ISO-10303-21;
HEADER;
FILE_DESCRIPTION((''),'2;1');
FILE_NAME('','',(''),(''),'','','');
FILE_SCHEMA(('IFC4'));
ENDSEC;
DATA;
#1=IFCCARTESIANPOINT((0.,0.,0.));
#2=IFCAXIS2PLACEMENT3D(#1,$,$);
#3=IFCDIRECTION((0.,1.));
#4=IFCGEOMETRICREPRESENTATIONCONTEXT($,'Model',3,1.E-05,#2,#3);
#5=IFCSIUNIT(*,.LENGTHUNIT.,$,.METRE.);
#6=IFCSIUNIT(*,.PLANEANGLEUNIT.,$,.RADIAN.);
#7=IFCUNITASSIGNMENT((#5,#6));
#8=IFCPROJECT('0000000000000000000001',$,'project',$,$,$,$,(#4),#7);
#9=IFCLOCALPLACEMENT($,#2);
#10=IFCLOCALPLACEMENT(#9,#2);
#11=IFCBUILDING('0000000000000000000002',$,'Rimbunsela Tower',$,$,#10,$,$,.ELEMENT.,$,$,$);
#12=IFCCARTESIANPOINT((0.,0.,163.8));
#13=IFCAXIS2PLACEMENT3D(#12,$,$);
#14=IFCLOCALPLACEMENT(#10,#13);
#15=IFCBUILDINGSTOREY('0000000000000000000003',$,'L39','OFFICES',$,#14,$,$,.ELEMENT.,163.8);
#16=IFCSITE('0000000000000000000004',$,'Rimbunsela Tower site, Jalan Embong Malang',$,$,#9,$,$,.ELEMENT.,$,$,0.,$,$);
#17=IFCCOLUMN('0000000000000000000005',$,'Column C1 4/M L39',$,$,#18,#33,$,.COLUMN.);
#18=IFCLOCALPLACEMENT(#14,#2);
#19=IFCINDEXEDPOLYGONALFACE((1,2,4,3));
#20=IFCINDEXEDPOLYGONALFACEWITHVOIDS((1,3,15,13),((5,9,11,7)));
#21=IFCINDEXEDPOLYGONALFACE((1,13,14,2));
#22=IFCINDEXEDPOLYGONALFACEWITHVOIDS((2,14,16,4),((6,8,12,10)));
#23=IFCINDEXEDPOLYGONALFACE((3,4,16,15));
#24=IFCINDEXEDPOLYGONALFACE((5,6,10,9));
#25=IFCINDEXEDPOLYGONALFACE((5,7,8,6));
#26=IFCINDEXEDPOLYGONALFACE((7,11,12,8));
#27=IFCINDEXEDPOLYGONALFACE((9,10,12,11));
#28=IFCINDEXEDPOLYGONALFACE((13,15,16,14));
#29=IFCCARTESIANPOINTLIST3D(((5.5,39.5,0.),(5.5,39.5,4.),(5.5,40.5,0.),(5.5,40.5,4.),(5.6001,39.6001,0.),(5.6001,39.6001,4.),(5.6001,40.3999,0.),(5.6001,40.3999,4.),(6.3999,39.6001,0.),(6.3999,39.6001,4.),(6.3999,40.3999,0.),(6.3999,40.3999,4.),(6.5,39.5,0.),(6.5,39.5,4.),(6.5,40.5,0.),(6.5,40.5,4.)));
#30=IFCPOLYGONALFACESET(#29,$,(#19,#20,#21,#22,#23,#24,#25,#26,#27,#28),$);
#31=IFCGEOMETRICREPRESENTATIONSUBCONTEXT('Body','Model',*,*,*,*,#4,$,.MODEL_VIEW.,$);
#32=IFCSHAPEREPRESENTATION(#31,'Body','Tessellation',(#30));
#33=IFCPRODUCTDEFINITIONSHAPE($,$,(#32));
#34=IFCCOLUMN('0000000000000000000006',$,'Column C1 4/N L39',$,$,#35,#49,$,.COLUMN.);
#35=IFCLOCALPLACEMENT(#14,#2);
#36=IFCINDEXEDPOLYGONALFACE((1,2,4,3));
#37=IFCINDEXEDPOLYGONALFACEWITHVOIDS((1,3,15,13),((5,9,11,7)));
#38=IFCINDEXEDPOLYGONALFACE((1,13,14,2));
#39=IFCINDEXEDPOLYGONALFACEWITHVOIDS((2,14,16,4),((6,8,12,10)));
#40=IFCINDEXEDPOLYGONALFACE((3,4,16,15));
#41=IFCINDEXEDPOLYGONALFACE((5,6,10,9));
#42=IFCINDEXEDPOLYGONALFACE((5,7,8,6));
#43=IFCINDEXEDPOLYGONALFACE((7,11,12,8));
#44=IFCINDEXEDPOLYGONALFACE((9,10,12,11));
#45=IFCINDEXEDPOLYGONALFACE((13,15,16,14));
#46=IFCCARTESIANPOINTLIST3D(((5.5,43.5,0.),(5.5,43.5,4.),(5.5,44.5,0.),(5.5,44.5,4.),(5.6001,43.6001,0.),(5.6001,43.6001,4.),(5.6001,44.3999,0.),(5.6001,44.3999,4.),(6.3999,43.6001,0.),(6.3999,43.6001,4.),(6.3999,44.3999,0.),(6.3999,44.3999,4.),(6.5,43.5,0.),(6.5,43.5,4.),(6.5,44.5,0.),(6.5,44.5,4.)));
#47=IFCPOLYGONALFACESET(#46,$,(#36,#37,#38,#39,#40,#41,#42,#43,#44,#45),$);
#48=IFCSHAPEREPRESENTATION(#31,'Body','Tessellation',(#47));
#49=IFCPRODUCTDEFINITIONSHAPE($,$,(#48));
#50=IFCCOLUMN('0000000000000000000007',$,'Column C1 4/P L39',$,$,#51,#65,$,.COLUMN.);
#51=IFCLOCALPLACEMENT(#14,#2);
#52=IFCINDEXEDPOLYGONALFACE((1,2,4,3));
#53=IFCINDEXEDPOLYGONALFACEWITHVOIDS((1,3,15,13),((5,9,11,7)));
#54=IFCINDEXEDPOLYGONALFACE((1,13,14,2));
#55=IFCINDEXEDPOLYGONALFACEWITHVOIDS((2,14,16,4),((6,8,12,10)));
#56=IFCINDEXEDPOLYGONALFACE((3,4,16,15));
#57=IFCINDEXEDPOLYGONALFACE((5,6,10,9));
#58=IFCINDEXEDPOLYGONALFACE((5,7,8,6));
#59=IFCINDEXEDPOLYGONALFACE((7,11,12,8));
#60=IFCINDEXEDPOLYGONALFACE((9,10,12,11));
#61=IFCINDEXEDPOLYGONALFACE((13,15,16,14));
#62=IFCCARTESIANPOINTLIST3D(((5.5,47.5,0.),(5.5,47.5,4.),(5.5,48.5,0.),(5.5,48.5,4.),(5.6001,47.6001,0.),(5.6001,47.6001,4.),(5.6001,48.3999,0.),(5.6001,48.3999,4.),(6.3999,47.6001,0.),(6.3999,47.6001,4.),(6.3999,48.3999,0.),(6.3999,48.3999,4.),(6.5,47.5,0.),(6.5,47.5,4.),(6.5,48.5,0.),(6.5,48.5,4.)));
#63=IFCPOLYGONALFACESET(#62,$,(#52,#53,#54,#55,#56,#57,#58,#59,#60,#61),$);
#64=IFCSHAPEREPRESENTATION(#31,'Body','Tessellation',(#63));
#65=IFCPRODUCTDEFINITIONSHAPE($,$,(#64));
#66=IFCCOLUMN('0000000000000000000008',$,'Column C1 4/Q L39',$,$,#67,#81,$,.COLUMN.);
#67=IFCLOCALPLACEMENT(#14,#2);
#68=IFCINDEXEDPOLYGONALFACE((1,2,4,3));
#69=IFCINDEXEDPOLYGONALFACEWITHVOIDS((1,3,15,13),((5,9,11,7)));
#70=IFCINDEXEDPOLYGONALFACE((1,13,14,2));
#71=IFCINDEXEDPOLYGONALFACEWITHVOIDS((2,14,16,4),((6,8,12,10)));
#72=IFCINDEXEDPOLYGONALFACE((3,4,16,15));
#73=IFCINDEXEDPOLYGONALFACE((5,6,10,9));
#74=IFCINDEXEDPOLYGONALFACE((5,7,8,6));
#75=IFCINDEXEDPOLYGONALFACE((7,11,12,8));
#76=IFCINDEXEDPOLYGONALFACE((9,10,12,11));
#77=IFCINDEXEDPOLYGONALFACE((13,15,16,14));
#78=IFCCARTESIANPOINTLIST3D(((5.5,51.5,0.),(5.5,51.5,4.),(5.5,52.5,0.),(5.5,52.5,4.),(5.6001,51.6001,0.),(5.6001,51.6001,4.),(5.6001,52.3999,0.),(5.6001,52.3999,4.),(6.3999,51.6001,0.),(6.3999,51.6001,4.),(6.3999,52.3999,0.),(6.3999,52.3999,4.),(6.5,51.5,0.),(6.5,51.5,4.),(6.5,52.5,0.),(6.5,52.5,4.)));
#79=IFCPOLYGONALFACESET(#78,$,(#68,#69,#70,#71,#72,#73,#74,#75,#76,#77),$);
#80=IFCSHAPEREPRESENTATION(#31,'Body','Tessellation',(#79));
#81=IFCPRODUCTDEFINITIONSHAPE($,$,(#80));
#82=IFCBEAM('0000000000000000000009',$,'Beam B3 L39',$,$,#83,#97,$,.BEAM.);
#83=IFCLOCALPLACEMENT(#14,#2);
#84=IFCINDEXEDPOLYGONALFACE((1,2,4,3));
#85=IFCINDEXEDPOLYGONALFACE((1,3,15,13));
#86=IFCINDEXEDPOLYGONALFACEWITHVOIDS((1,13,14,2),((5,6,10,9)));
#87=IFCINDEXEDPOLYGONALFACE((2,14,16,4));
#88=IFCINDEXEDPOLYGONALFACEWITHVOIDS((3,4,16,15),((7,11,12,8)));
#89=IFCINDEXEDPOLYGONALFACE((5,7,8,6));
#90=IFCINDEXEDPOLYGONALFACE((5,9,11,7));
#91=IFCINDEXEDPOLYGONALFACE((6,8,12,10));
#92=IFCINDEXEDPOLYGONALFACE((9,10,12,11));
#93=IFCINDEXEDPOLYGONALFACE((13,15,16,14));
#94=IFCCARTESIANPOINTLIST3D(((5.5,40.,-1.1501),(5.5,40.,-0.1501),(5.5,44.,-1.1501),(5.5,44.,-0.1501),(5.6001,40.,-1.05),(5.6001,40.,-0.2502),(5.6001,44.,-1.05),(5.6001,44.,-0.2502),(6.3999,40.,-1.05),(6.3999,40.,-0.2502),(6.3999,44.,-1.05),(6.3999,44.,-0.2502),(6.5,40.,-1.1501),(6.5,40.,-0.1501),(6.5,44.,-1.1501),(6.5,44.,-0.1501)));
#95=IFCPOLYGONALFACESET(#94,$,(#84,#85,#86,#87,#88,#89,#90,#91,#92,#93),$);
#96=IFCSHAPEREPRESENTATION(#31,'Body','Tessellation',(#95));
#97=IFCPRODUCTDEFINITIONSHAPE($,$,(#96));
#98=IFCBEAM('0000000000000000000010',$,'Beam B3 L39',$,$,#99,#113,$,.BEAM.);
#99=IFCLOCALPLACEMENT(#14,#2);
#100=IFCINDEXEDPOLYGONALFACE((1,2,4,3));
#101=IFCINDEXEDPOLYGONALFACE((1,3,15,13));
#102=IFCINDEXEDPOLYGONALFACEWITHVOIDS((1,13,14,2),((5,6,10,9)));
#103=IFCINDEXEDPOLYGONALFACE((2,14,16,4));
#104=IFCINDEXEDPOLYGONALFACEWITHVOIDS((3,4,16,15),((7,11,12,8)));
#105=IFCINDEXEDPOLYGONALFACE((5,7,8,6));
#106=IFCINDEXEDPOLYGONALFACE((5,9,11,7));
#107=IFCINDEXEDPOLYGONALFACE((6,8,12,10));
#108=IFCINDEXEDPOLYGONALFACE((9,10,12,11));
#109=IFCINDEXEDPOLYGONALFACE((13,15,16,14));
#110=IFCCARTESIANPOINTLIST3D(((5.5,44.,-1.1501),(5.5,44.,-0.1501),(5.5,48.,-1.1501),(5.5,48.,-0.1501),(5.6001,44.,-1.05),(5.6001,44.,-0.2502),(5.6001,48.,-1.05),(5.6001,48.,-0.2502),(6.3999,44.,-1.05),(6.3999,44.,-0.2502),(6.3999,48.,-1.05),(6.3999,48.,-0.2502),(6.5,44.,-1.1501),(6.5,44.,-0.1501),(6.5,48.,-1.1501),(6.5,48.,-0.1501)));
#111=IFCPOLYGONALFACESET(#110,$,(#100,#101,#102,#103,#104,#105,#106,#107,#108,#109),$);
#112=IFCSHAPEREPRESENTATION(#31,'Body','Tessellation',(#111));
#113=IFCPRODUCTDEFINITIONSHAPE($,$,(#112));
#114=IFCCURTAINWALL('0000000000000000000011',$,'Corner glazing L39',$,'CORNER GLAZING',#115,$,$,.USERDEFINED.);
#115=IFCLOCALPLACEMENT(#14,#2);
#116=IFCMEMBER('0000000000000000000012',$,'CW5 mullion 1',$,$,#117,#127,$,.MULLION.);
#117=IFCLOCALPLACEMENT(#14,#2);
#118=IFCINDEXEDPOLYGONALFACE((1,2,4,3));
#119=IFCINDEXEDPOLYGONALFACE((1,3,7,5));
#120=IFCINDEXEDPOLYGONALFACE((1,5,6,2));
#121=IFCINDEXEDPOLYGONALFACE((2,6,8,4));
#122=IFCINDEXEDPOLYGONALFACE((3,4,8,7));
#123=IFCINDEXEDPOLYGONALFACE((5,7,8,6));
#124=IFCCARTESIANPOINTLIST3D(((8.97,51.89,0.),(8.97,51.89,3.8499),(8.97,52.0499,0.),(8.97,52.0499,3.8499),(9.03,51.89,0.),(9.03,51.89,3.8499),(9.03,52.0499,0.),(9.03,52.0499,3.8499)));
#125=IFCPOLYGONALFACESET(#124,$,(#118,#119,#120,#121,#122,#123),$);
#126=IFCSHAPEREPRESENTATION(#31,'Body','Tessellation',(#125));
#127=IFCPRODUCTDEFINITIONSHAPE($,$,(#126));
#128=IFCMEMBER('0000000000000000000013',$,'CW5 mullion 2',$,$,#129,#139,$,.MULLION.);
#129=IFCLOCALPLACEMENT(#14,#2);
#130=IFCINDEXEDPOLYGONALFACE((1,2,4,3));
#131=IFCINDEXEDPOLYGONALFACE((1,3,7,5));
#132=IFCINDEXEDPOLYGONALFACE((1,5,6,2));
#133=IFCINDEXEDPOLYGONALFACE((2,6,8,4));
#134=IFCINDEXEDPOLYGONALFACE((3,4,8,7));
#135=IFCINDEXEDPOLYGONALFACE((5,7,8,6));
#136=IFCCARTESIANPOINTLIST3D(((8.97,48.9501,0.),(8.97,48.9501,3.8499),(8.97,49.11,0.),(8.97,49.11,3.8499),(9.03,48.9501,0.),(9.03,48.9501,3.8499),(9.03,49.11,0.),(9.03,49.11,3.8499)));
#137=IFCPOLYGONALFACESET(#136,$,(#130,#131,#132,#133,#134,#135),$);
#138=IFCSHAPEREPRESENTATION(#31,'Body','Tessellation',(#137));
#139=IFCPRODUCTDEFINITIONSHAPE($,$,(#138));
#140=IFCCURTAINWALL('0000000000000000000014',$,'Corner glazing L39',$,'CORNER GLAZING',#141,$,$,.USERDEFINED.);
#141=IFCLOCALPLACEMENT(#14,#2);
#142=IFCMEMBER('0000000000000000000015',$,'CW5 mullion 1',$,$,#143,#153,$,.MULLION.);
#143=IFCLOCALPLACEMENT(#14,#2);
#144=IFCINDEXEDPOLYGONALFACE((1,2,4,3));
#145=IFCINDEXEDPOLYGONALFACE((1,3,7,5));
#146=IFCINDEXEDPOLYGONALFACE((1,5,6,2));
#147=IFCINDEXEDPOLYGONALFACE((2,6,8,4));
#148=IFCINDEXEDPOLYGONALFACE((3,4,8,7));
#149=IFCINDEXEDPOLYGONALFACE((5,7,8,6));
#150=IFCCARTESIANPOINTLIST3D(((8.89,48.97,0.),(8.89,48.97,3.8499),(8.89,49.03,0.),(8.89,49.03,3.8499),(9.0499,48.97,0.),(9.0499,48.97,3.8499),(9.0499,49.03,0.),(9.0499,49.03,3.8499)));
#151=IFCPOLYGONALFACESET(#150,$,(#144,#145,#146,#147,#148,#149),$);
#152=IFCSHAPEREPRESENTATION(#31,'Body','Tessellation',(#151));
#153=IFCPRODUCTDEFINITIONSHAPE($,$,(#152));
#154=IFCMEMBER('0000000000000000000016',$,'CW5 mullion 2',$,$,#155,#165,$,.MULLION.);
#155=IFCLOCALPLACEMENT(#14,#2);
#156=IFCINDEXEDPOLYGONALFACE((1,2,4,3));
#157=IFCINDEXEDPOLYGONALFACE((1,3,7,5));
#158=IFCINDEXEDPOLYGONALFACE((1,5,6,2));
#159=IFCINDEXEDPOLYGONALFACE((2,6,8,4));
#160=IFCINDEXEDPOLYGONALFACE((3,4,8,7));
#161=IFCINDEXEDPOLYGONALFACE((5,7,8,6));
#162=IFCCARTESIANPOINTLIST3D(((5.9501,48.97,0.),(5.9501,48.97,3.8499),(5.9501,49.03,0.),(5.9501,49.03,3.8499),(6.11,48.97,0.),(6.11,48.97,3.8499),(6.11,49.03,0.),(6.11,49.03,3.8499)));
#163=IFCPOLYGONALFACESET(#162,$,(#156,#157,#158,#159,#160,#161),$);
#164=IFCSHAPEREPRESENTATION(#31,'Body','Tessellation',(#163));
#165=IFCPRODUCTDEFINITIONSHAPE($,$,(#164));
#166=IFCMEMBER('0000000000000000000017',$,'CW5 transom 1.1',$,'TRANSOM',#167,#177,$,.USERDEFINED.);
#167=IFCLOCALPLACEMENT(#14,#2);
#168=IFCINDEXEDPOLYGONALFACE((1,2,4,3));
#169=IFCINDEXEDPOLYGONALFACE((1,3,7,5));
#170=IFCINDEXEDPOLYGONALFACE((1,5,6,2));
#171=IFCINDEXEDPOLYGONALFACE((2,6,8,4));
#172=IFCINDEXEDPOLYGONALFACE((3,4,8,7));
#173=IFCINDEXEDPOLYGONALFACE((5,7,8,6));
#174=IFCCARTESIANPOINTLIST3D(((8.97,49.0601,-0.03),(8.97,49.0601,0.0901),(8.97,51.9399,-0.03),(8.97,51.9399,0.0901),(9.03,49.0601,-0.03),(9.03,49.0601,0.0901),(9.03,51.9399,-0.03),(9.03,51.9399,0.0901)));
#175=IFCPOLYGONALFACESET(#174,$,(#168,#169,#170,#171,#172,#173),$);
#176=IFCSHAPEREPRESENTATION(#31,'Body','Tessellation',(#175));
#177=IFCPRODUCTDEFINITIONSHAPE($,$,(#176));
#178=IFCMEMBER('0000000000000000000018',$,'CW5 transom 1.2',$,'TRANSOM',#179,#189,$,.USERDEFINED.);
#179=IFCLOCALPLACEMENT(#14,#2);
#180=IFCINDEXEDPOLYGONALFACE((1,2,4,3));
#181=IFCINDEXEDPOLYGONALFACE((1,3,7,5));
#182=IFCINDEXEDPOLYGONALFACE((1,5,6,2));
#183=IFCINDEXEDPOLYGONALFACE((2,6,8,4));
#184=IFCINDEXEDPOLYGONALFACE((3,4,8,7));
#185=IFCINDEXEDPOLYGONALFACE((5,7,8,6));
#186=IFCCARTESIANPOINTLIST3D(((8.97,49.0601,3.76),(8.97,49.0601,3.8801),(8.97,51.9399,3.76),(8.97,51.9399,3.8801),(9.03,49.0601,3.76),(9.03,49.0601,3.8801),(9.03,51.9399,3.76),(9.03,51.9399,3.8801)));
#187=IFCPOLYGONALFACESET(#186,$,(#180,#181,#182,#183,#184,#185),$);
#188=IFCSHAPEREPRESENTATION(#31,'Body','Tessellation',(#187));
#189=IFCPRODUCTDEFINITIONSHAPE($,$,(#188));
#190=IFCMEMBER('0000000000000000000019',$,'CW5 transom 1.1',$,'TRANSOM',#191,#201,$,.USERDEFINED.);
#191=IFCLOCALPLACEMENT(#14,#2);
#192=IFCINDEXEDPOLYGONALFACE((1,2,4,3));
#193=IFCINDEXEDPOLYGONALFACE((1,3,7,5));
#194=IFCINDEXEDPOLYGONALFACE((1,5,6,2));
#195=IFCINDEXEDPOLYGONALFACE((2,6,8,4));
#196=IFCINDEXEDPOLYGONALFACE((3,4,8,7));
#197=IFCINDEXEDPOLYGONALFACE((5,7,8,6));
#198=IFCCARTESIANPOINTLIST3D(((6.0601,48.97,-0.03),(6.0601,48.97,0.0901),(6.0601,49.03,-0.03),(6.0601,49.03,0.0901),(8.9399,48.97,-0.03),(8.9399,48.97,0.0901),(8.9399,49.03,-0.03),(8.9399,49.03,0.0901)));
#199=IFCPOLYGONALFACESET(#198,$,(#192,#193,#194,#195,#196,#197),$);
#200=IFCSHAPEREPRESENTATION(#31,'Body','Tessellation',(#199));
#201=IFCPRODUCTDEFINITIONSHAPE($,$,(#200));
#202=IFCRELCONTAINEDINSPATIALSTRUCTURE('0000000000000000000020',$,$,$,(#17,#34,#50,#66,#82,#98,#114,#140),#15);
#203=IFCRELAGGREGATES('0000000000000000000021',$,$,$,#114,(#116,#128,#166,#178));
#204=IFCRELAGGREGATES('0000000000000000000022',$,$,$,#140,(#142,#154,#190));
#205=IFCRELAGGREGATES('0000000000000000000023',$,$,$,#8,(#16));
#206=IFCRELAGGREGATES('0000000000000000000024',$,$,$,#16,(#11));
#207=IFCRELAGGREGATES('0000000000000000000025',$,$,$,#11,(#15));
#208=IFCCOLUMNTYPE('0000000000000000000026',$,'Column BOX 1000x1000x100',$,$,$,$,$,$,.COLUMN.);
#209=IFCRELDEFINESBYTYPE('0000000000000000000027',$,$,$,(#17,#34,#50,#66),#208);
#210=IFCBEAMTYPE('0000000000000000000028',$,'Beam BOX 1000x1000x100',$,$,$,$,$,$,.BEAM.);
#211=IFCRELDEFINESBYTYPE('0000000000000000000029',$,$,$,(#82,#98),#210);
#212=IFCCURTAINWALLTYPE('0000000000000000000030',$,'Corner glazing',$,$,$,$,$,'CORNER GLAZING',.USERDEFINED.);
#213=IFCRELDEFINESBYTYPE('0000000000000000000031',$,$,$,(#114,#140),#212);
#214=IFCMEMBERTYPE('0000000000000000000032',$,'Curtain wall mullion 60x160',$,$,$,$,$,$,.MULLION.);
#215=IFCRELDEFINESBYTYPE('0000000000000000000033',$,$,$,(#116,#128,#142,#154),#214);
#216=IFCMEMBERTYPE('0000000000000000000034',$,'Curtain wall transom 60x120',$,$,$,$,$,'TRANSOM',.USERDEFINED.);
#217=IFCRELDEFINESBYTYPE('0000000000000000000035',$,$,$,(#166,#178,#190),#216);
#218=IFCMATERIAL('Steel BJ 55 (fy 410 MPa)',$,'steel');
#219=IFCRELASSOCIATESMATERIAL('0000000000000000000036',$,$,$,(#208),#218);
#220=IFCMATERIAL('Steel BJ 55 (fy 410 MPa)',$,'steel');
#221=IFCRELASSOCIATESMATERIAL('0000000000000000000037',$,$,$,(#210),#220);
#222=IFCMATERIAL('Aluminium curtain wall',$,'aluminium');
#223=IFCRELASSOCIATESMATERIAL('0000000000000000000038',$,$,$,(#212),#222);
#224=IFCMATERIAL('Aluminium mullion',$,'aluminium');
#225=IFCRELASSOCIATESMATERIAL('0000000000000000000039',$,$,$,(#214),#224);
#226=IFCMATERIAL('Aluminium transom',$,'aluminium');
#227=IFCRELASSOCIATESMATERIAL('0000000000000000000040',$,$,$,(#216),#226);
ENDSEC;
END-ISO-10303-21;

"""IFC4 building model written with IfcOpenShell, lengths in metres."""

from ifc_helpers import new_model, si_unit, direction, frame, origin, origin_2d, place, context, subcontext, project, spatial, rectangle, hollow_rectangle, extrude, material, material_profile, profile_set, type_object, element, aggregate, save


model = new_model("IFC4")

# Units and contexts
model_context = context("Model", 3, precision=1e-05, world=origin(), true_north=direction((0.0, 1.0)))
body_context = subcontext(model_context, "Body", "Model", "MODEL_VIEW")
ifc_project = project(units=[si_unit("LENGTHUNIT", "METRE"), si_unit("PLANEANGLEUNIT", "RADIAN")], contexts=[model_context])

# Site, building, storey
site_placement = place(None, origin())
site = spatial("IfcSite", under=ifc_project, at=site_placement, Name="Rimbunsela Tower site, Jalan Embong Malang", CompositionType="ELEMENT", RefElevation=0.0)
building_placement = place(site_placement, origin())
building = spatial("IfcBuilding", under=site, at=building_placement, Name="Rimbunsela Tower", CompositionType="ELEMENT")
storey_placement = place(building_placement, frame((0.0, 0.0, 163.8)))
storey = spatial("IfcBuildingStorey", under=building, at=storey_placement, Name="L39", Description="OFFICES", CompositionType="ELEMENT", Elevation=163.8)

# Columns
ifc_material_1 = material(Name="Steel BJ 55 (fy 410 MPa)", Category="steel")
ifc_material_profile_1 = material_profile(ifc_material_1, hollow_rectangle(XDim=1.0, YDim=1.0, WallThickness=0.1001, at=origin_2d()), Name="BOX 1000x1000x100")
ifc_profile_set_1 = profile_set([ifc_material_profile_1], Name="Steel BJ 55 (fy 410 MPa)")
column_type = type_object("IfcColumnType", Name="Column BOX 1000x1000x100", PredefinedType="COLUMN", material=ifc_profile_set_1)
for number, where, z_axis, x_axis, name in (
    (1, (6.0, 40.0, 0.0), (0.0, 0.0, 1.0), (1.0, 0.0, 0.0), "Column C1 4/M L39"),
    (2, (6.0, 44.0, 0.0), (0.0, 0.0, 1.0), (1.0, 0.0, 0.0), "Column C1 4/N L39"),
    (3, (6.0, 48.0, 0.0), (0.0, 0.0, 1.0), (1.0, 0.0, 0.0), "Column C1 4/P L39"),
    (4, (6.0, 52.0, 0.0), (0.0, 0.0, 1.0), (1.0, 0.0, 0.0), "Column C1 4/Q L39"),
):
    element("IfcColumn", number, at=place(storey_placement, frame(where, z_axis=z_axis, x_axis=x_axis)), inside=storey, type_object=column_type, Name=name, PredefinedType="COLUMN", context=body_context, shape_type="SweptSolid", body=[
        extrude(hollow_rectangle(XDim=1.0, YDim=1.0, WallThickness=0.1001, at=origin_2d()), origin(), (0.0, 0.0, 1.0), 4.0),
    ])

# Beams
ifc_material_2 = material(Name="Steel BJ 55 (fy 410 MPa)", Category="steel")
ifc_material_profile_2 = material_profile(ifc_material_2, hollow_rectangle(XDim=1.0, YDim=1.0, WallThickness=0.1001, at=origin_2d()), Name="BOX 1000x1000x100")
ifc_profile_set_2 = profile_set([ifc_material_profile_2], Name="Steel BJ 55 (fy 410 MPa)")
beam_type = type_object("IfcBeamType", Name="Beam BOX 1000x1000x100", PredefinedType="BEAM", material=ifc_profile_set_2)
for number, where, z_axis, x_axis, name in (
    (5, (6.0, 40.0, -0.6501), (0.0, 1.0, 0.0), (-1.0, 0.0, 0.0), "Beam B3 L39"),
    (6, (6.0, 44.0, -0.6501), (0.0, 1.0, 0.0), (-1.0, 0.0, 0.0), "Beam B3 L39"),
):
    element("IfcBeam", number, at=place(storey_placement, frame(where, z_axis=z_axis, x_axis=x_axis)), inside=storey, type_object=beam_type, Name=name, PredefinedType="BEAM", context=body_context, shape_type="SweptSolid", body=[
        extrude(hollow_rectangle(XDim=1.0, YDim=1.0, WallThickness=0.1001, at=origin_2d()), origin(), (0.0, 0.0, 1.0), 4.0),
    ])

# Curtain walls, members
ifc_material_3 = material(Name="Aluminium curtain wall", Category="aluminium")
curtain_wall_type = type_object("IfcCurtainWallType", Name="Corner glazing", ElementType="CORNER GLAZING", PredefinedType="USERDEFINED", material=ifc_material_3)
curtain_wall_1_placement = place(storey_placement, origin())
curtain_wall_1 = element("IfcCurtainWall", 7, at=curtain_wall_1_placement, inside=storey, type_object=curtain_wall_type, Name="Corner glazing L39", ObjectType="CORNER GLAZING", PredefinedType="USERDEFINED")
ifc_material_4 = material(Name="Aluminium mullion", Category="aluminium")
ifc_material_profile_3 = material_profile(ifc_material_4, rectangle(XDim=0.0601, YDim=0.1599, at=origin_2d()), Name="Mullion 60x160")
ifc_profile_set_3 = profile_set([ifc_material_profile_3], Name="Aluminium mullion")
member_type_1 = type_object("IfcMemberType", Name="Curtain wall mullion 60x160", PredefinedType="MULLION", material=ifc_profile_set_3)
member_1_placement = place(storey_placement, frame((9.0, 51.97, 0.0), z_axis=(0.0, 0.0, 1.0), x_axis=(1.0, 0.0, 0.0)))
member_1 = element("IfcMember", 8, at=member_1_placement, type_object=member_type_1, Name="CW5 mullion 1", PredefinedType="MULLION", context=body_context, shape_type="SweptSolid", body=[
    extrude(rectangle(XDim=0.0601, YDim=0.1599, at=origin_2d()), origin(), (0.0, 0.0, 1.0), 3.8499),
])
member_2_placement = place(storey_placement, frame((9.0, 49.03, 0.0), z_axis=(0.0, 0.0, 1.0), x_axis=(1.0, 0.0, 0.0)))
member_2 = element("IfcMember", 9, at=member_2_placement, type_object=member_type_1, Name="CW5 mullion 2", PredefinedType="MULLION", context=body_context, shape_type="SweptSolid", body=[
    extrude(rectangle(XDim=0.0601, YDim=0.1599, at=origin_2d()), origin(), (0.0, 0.0, 1.0), 3.8499),
])
curtain_wall_2_placement = place(storey_placement, origin())
curtain_wall_2 = element("IfcCurtainWall", 10, at=curtain_wall_2_placement, inside=storey, type_object=curtain_wall_type, Name="Corner glazing L39", ObjectType="CORNER GLAZING", PredefinedType="USERDEFINED")
member_3_placement = place(storey_placement, frame((8.97, 49.0, 0.0), z_axis=(0.0, 0.0, 1.0), x_axis=(0.0, -1.0, 0.0)))
member_3 = element("IfcMember", 11, at=member_3_placement, type_object=member_type_1, Name="CW5 mullion 1", PredefinedType="MULLION", context=body_context, shape_type="SweptSolid", body=[
    extrude(rectangle(XDim=0.0601, YDim=0.1599, at=origin_2d()), origin(), (0.0, 0.0, 1.0), 3.8499),
])
member_4_placement = place(storey_placement, frame((6.03, 49.0, 0.0), z_axis=(0.0, 0.0, 1.0), x_axis=(0.0, -1.0, 0.0)))
member_4 = element("IfcMember", 12, at=member_4_placement, type_object=member_type_1, Name="CW5 mullion 2", PredefinedType="MULLION", context=body_context, shape_type="SweptSolid", body=[
    extrude(rectangle(XDim=0.0601, YDim=0.1599, at=origin_2d()), origin(), (0.0, 0.0, 1.0), 3.8499),
])

# Members
ifc_material_5 = material(Name="Aluminium transom", Category="aluminium")
ifc_material_profile_4 = material_profile(ifc_material_5, rectangle(XDim=0.0601, YDim=0.1201, at=origin_2d()), Name="Transom 60x120")
ifc_profile_set_4 = profile_set([ifc_material_profile_4], Name="Aluminium transom")
member_type_2 = type_object("IfcMemberType", Name="Curtain wall transom 60x120", ElementType="TRANSOM", PredefinedType="USERDEFINED", material=ifc_profile_set_4)
member_5_placement = place(storey_placement, frame((9.0, 51.9399, 0.03), z_axis=(0.0, -1.0, 0.0), x_axis=(1.0, 0.0, 0.0)))
member_5 = element("IfcMember", 13, at=member_5_placement, type_object=member_type_2, Name="CW5 transom 1.1", ObjectType="TRANSOM", PredefinedType="USERDEFINED", context=body_context, shape_type="SweptSolid", body=[
    extrude(rectangle(XDim=0.0601, YDim=0.1201, at=origin_2d()), origin(), (0.0, 0.0, 1.0), 2.8799),
])
member_6_placement = place(storey_placement, frame((9.0, 51.9399, 3.8201), z_axis=(0.0, -1.0, 0.0), x_axis=(1.0, 0.0, 0.0)))
member_6 = element("IfcMember", 14, at=member_6_placement, type_object=member_type_2, Name="CW5 transom 1.2", ObjectType="TRANSOM", PredefinedType="USERDEFINED", context=body_context, shape_type="SweptSolid", body=[
    extrude(rectangle(XDim=0.0601, YDim=0.1201, at=origin_2d()), origin(), (0.0, 0.0, 1.0), 2.8799),
])
member_7_placement = place(storey_placement, frame((8.9399, 49.0, 0.03), z_axis=(-1.0, 0.0, 0.0), x_axis=(0.0, -1.0, 0.0)))
member_7 = element("IfcMember", 15, at=member_7_placement, type_object=member_type_2, Name="CW5 transom 1.1", ObjectType="TRANSOM", PredefinedType="USERDEFINED", context=body_context, shape_type="SweptSolid", body=[
    extrude(rectangle(XDim=0.0601, YDim=0.1201, at=origin_2d()), origin(), (0.0, 0.0, 1.0), 2.8799),
])

aggregate(curtain_wall_1, [member_1, member_2, member_5, member_6])
aggregate(curtain_wall_2, [member_3, member_4, member_7])

save(model, "model.ifc")
